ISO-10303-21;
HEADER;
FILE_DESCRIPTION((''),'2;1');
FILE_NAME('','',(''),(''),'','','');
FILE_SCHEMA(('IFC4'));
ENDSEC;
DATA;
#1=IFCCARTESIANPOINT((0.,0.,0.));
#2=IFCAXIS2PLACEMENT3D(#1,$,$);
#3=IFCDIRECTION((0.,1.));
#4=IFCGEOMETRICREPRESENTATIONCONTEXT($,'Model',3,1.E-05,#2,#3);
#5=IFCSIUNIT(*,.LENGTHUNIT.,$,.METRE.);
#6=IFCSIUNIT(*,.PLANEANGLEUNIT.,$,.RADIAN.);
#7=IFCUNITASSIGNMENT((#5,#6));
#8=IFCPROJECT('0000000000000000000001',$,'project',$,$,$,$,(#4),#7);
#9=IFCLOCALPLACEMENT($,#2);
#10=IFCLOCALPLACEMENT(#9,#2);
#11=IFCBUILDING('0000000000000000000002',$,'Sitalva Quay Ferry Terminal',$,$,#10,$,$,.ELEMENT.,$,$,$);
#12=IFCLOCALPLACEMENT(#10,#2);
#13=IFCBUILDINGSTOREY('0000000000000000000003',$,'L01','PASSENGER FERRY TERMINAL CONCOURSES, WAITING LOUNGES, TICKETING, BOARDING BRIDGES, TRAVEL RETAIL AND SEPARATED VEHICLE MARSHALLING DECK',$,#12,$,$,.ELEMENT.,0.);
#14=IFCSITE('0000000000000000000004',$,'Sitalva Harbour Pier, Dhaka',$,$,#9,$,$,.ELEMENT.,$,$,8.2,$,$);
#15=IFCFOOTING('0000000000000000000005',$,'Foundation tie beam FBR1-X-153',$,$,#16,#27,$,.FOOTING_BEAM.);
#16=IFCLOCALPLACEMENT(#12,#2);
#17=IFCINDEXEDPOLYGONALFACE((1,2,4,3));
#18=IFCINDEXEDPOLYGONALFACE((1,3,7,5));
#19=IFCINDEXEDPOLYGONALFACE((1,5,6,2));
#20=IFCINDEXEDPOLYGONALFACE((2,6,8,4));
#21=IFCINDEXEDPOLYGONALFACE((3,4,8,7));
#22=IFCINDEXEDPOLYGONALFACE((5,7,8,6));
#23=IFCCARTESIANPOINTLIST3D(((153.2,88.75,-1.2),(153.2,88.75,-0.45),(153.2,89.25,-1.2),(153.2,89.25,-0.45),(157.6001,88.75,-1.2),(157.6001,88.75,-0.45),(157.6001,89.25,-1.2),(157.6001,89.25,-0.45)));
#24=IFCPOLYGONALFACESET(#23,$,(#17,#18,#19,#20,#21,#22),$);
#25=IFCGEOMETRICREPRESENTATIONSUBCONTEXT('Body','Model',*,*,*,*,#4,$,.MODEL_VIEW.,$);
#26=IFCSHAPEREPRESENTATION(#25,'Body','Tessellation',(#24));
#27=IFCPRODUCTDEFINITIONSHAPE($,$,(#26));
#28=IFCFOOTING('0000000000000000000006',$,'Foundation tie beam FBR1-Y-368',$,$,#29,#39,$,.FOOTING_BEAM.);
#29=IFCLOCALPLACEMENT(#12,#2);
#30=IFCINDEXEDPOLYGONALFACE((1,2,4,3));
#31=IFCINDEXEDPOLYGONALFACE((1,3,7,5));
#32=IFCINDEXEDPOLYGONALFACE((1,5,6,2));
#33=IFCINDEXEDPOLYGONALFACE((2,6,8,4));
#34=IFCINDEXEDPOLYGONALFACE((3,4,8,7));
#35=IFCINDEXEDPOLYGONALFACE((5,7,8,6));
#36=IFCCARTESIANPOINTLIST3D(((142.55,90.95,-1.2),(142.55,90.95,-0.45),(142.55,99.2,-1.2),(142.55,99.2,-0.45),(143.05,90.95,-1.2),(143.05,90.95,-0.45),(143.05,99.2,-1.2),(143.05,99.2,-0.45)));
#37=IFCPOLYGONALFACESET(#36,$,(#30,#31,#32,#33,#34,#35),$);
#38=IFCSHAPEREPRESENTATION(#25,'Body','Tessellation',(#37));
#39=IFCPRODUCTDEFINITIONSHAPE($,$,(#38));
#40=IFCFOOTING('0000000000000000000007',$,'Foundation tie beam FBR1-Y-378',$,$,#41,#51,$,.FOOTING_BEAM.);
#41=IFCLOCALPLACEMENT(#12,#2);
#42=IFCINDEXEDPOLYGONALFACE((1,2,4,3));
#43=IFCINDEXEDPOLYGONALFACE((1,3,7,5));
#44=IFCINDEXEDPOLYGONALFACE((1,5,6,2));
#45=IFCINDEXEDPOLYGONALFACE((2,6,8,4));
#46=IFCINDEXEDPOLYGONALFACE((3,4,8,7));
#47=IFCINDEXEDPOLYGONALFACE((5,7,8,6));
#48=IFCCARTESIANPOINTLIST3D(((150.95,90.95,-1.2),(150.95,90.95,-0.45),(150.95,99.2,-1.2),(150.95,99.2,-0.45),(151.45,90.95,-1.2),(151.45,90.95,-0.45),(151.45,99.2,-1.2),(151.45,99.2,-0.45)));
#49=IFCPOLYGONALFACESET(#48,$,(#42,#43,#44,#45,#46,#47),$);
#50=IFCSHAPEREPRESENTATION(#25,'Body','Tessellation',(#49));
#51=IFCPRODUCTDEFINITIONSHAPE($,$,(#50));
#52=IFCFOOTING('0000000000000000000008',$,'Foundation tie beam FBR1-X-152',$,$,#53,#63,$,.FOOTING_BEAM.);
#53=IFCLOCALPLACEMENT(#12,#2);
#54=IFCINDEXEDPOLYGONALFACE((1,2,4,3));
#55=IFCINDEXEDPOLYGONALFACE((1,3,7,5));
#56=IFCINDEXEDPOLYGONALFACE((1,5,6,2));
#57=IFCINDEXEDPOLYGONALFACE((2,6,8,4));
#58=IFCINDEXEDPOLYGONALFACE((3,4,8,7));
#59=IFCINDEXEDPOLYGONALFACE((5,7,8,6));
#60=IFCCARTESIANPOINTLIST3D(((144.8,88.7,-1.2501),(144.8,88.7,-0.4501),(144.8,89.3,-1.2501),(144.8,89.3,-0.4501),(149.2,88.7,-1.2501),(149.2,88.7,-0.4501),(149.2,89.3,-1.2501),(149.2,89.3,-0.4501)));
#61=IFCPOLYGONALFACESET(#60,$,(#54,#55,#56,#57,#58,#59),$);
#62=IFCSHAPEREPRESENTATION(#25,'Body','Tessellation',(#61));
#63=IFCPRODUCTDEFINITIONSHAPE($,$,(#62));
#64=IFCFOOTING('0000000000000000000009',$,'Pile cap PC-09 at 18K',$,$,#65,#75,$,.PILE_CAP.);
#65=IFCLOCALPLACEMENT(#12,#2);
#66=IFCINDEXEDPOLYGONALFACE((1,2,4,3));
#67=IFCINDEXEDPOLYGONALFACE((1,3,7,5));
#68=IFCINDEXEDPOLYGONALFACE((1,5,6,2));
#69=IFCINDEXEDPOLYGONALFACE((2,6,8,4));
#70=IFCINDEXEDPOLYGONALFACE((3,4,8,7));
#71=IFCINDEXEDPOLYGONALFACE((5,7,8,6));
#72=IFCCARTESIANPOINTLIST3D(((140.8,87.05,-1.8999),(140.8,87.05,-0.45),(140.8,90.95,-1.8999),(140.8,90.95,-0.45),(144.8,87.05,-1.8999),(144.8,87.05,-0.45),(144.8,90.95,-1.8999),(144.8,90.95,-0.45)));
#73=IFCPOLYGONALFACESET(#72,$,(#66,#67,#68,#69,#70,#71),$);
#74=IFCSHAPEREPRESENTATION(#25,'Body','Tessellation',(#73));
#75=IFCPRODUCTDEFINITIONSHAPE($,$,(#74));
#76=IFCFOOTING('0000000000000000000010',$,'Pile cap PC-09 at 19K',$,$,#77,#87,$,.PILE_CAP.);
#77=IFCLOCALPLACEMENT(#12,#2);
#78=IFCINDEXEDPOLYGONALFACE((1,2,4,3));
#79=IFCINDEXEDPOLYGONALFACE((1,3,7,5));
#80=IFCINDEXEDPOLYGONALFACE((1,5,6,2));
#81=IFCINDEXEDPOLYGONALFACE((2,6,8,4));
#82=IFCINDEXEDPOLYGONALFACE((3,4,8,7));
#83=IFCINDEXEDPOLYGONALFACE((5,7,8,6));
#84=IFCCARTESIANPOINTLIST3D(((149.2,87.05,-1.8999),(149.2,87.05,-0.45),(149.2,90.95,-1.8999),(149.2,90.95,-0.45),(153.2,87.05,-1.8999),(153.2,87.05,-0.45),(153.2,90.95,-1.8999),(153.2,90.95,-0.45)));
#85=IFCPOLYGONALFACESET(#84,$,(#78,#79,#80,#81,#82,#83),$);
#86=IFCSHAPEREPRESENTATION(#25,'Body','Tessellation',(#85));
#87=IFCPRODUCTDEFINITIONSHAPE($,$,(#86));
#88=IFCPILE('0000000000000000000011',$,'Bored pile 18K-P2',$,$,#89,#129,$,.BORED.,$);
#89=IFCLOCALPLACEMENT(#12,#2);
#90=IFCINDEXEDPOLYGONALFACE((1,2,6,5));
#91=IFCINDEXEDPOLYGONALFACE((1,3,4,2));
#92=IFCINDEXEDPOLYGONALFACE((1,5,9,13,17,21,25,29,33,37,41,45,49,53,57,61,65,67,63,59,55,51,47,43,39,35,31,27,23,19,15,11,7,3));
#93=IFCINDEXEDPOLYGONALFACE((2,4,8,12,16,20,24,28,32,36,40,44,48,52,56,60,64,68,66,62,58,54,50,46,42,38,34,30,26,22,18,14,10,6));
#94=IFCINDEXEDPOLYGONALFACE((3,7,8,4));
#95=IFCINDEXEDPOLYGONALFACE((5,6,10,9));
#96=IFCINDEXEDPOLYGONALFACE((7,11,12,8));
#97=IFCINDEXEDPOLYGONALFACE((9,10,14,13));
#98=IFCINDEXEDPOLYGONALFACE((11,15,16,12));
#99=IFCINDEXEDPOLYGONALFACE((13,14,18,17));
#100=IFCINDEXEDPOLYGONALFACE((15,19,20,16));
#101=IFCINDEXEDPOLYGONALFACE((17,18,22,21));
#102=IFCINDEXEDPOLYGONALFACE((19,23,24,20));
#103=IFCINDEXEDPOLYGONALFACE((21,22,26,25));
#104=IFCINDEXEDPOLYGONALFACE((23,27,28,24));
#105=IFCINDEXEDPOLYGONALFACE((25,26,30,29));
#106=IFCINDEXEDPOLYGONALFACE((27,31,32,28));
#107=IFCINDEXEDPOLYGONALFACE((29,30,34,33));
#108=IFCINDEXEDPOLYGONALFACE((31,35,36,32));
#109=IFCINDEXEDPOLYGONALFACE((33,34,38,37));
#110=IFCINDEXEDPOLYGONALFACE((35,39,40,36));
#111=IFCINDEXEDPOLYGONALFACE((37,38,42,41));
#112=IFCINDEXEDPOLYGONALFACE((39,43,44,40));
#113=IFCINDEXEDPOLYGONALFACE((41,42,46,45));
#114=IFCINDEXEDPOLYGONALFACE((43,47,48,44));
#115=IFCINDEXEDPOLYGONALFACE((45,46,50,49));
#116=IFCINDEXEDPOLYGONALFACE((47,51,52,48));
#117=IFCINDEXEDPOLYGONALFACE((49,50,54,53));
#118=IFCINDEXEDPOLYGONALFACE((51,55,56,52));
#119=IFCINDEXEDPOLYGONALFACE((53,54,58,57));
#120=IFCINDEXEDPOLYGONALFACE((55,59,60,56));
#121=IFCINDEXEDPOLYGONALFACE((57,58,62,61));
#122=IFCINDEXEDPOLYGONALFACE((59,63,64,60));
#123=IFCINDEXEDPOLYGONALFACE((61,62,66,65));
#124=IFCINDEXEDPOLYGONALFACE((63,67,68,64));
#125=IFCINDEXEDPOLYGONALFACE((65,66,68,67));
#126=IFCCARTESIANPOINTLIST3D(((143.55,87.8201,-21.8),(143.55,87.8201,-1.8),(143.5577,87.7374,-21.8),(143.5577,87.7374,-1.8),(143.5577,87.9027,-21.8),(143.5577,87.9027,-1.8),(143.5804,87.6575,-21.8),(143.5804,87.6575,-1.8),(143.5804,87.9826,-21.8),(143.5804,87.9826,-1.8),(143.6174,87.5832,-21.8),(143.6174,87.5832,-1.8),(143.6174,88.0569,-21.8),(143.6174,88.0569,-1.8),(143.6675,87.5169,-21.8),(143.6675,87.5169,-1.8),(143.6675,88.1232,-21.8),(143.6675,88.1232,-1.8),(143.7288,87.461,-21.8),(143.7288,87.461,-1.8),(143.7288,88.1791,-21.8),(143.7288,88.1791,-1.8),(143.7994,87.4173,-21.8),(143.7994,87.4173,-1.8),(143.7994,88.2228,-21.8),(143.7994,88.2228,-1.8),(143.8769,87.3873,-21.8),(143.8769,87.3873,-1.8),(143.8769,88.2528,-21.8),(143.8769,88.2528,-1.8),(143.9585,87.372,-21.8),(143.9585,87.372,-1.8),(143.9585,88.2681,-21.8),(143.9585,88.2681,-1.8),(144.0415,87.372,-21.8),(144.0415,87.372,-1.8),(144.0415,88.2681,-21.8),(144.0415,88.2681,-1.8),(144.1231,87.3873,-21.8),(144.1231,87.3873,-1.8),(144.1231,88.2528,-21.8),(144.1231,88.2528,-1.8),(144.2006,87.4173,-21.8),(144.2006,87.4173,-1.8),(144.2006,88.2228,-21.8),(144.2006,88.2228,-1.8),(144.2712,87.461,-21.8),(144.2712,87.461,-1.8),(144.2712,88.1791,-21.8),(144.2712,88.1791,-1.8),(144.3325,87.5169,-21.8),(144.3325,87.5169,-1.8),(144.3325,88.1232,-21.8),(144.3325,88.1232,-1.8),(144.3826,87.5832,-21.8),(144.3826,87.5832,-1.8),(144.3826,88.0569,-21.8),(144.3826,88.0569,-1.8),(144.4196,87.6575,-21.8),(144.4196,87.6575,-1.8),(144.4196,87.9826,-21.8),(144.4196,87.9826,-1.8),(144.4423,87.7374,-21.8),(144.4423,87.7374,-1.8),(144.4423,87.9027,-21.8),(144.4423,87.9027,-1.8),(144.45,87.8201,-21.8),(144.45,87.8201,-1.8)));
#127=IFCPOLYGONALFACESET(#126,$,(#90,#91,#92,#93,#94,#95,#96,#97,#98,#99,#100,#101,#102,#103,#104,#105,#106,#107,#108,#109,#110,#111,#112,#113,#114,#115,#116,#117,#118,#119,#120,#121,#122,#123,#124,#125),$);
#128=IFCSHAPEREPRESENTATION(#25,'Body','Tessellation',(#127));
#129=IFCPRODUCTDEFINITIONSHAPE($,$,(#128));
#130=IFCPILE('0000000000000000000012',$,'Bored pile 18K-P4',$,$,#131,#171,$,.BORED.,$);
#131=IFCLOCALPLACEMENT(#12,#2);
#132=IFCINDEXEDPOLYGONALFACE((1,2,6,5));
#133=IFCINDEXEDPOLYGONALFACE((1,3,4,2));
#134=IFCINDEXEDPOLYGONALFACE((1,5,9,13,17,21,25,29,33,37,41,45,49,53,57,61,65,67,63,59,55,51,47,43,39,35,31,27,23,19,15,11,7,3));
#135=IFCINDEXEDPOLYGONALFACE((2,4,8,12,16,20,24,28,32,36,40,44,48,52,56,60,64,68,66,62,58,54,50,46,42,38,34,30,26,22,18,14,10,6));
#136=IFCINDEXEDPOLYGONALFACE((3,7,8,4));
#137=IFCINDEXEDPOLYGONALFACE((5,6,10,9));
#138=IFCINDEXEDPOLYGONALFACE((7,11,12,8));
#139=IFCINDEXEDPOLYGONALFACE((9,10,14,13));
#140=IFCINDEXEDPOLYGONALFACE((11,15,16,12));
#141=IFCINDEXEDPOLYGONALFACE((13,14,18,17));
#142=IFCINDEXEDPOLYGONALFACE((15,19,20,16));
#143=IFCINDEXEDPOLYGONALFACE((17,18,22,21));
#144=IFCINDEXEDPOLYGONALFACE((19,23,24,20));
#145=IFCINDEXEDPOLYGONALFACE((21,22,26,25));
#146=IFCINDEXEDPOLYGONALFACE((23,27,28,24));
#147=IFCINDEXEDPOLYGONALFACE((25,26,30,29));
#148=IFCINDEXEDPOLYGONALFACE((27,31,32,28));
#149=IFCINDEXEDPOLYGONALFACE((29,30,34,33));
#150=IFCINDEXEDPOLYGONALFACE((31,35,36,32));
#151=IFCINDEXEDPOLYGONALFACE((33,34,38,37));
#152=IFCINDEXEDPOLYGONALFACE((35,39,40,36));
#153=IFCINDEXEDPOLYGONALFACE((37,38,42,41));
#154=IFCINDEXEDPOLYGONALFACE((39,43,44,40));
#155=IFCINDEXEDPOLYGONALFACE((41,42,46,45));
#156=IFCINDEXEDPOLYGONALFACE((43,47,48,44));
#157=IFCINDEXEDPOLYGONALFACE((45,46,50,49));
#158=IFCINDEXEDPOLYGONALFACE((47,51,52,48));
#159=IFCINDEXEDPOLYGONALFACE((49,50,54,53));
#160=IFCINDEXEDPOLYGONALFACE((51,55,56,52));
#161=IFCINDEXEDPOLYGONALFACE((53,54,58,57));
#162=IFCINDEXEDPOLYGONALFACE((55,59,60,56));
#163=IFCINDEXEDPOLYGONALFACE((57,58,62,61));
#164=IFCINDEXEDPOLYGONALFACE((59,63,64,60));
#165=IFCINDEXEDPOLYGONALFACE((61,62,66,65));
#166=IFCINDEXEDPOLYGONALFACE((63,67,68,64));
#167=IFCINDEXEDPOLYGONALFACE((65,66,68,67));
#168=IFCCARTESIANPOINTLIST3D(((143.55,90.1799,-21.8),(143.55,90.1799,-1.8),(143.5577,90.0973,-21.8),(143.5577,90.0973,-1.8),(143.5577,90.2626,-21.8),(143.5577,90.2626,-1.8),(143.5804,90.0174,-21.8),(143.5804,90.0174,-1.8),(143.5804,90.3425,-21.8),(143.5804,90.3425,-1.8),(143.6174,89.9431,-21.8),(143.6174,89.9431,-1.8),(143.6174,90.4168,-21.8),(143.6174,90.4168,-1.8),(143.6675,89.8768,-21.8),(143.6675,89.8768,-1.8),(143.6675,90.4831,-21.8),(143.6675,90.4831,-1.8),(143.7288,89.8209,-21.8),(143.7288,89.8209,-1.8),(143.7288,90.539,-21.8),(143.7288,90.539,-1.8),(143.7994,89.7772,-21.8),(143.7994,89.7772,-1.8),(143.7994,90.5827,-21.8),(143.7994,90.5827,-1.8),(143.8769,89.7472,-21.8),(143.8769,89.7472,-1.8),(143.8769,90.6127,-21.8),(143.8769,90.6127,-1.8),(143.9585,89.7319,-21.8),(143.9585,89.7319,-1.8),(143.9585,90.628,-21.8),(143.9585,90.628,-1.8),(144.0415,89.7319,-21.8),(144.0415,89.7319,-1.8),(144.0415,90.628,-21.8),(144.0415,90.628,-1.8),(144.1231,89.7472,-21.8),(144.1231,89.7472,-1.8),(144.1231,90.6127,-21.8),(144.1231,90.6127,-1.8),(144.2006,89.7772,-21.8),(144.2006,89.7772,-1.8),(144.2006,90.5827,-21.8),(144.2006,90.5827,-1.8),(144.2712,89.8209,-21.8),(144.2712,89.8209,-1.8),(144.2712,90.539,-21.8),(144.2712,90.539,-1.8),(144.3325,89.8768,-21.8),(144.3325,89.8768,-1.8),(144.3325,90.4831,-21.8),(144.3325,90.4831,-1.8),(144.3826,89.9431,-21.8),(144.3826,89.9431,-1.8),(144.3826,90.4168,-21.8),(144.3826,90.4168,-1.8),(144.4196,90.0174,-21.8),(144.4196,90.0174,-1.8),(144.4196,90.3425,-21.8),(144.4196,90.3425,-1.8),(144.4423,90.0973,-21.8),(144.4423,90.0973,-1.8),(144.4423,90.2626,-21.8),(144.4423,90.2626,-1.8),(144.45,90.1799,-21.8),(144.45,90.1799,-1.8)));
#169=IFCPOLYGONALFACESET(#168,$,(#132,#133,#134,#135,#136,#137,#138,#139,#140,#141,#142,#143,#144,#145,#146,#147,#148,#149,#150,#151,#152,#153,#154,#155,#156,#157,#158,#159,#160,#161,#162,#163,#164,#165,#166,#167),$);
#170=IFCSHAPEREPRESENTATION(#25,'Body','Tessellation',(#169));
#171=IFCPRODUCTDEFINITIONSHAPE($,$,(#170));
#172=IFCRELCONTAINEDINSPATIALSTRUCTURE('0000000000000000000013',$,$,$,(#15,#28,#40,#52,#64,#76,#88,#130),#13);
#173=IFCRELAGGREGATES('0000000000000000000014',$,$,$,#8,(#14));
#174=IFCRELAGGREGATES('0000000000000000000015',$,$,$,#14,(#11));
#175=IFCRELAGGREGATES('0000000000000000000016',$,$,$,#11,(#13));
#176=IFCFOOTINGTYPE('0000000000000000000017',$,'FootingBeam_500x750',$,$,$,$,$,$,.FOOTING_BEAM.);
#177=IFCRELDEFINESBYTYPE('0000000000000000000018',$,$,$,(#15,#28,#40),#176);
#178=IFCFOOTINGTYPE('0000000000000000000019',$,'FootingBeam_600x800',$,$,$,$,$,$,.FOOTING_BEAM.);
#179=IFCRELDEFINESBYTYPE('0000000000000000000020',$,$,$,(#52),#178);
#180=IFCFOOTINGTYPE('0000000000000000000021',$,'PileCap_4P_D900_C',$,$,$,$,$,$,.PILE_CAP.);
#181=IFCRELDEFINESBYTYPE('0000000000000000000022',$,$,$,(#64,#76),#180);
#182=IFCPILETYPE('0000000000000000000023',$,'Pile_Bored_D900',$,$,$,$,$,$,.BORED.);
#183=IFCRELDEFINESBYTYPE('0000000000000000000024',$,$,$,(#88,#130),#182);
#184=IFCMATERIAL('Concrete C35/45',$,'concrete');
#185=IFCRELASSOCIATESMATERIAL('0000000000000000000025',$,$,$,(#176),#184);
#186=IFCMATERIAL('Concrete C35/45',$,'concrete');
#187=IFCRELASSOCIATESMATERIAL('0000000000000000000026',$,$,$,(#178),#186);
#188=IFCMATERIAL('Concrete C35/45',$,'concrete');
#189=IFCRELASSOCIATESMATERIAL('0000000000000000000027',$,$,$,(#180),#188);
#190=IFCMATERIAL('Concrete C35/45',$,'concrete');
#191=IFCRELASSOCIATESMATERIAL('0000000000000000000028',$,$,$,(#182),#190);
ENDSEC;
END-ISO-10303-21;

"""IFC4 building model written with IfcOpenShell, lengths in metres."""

from ifc_helpers import new_model, si_unit, direction, frame, origin, origin_2d, place, context, subcontext, project, spatial, rectangle, circle, extrude, material, material_profile, profile_set, type_object, element, save


model = new_model("IFC4")

# Units and contexts
model_context = context("Model", 3, precision=1e-05, world=origin(), true_north=direction((0.0, 1.0)))
body_context = subcontext(model_context, "Body", "Model", "MODEL_VIEW")
ifc_project = project(units=[si_unit("LENGTHUNIT", "METRE"), si_unit("PLANEANGLEUNIT", "RADIAN")], contexts=[model_context])

# Site, building, storey
site_placement = place(None, origin())
site = spatial("IfcSite", under=ifc_project, at=site_placement, Name="Sitalva Harbour Pier, Dhaka", CompositionType="ELEMENT", RefElevation=8.2)
building_placement = place(site_placement, origin())
building = spatial("IfcBuilding", under=site, at=building_placement, Name="Sitalva Quay Ferry Terminal", CompositionType="ELEMENT")
storey_placement = place(building_placement, origin())
storey = spatial("IfcBuildingStorey", under=building, at=storey_placement, Name="L01", Description="PASSENGER FERRY TERMINAL CONCOURSES, WAITING LOUNGES, TICKETING, BOARDING BRIDGES, TRAVEL RETAIL AND SEPARATED VEHICLE MARSHALLING DECK", CompositionType="ELEMENT", Elevation=0.0)

# Footings
ifc_material_1 = material(Name="Concrete C35/45", Category="concrete")
ifc_material_profile_1 = material_profile(ifc_material_1, rectangle(XDim=0.5, YDim=0.75, at=origin_2d()), Name="RC500x750")
ifc_profile_set_1 = profile_set([ifc_material_profile_1], Name="Concrete C35/45")
footing_type_1 = type_object("IfcFootingType", Name="FootingBeam_500x750", PredefinedType="FOOTING_BEAM", material=ifc_profile_set_1)
footing_1_placement = place(storey_placement, frame((153.2, 89.0, -0.825), z_axis=(1.0, 0.0, 0.0), x_axis=(0.0, 1.0, 0.0)))
element("IfcFooting", 1, at=footing_1_placement, inside=storey, type_object=footing_type_1, Name="Foundation tie beam FBR1-X-153", PredefinedType="FOOTING_BEAM", context=body_context, shape_type="SweptSolid", body=[
    extrude(rectangle(XDim=0.5, YDim=0.75, at=origin_2d()), origin(), (0.0, 0.0, 1.0), 4.4001),
])
for number, where, z_axis, x_axis, name in (
    (2, (142.8, 90.95, -0.825), (0.0, 1.0, 0.0), (-1.0, 0.0, 0.0), "Foundation tie beam FBR1-Y-368"),
    (3, (151.2, 90.95, -0.825), (0.0, 1.0, 0.0), (-1.0, 0.0, 0.0), "Foundation tie beam FBR1-Y-378"),
):
    element("IfcFooting", number, at=place(storey_placement, frame(where, z_axis=z_axis, x_axis=x_axis)), inside=storey, type_object=footing_type_1, Name=name, PredefinedType="FOOTING_BEAM", context=body_context, shape_type="SweptSolid", body=[
        extrude(rectangle(XDim=0.5, YDim=0.75, at=origin_2d()), origin(), (0.0, 0.0, 1.0), 8.25),
    ])
ifc_material_2 = material(Name="Concrete C35/45", Category="concrete")
ifc_material_profile_2 = material_profile(ifc_material_2, rectangle(XDim=0.6001, YDim=0.8, at=origin_2d()), Name="RC600x800")
ifc_profile_set_2 = profile_set([ifc_material_profile_2], Name="Concrete C35/45")
footing_type_2 = type_object("IfcFootingType", Name="FootingBeam_600x800", PredefinedType="FOOTING_BEAM", material=ifc_profile_set_2)
footing_2_placement = place(storey_placement, frame((144.8, 89.0, -0.8501), z_axis=(1.0, 0.0, 0.0), x_axis=(0.0, 1.0, 0.0)))
element("IfcFooting", 4, at=footing_2_placement, inside=storey, type_object=footing_type_2, Name="Foundation tie beam FBR1-X-152", PredefinedType="FOOTING_BEAM", context=body_context, shape_type="SweptSolid", body=[
    extrude(rectangle(XDim=0.6001, YDim=0.8, at=origin_2d()), origin(), (0.0, 0.0, 1.0), 4.3999),
])
ifc_material_3 = material(Name="Concrete C35/45", Category="concrete")
footing_type_3 = type_object("IfcFootingType", Name="PileCap_4P_D900_C", PredefinedType="PILE_CAP", material=ifc_material_3)
for number, where, z_axis, x_axis, name in (
    (5, (142.8, 89.0, -1.8999), (0.0, 0.0, 1.0), (1.0, 0.0, 0.0), "Pile cap PC-09 at 18K"),
    (6, (151.2, 89.0, -1.8999), (0.0, 0.0, 1.0), (1.0, 0.0, 0.0), "Pile cap PC-09 at 19K"),
):
    element("IfcFooting", number, at=place(storey_placement, frame(where, z_axis=z_axis, x_axis=x_axis)), inside=storey, type_object=footing_type_3, Name=name, PredefinedType="PILE_CAP", context=body_context, shape_type="SweptSolid", body=[
        extrude(rectangle(XDim=4.0, YDim=3.8999, at=origin_2d()), origin(), (0.0, 0.0, 1.0), 1.45),
    ])

# Piles
ifc_material_4 = material(Name="Concrete C35/45", Category="concrete")
ifc_material_profile_3 = material_profile(ifc_material_4, circle(Radius=0.45, at=origin_2d()), Name="PILE-D900")
ifc_profile_set_3 = profile_set([ifc_material_profile_3], Name="Concrete C35/45")
pile_type = type_object("IfcPileType", Name="Pile_Bored_D900", PredefinedType="BORED", material=ifc_profile_set_3)
for number, where, z_axis, x_axis, name in (
    (7, (144.0, 87.8201, -1.8), (0.0, 0.0, -1.0), (1.0, 0.0, 0.0), "Bored pile 18K-P2"),
    (8, (144.0, 90.1799, -1.8), (0.0, 0.0, -1.0), (1.0, 0.0, 0.0), "Bored pile 18K-P4"),
):
    element("IfcPile", number, at=place(storey_placement, frame(where, z_axis=z_axis, x_axis=x_axis)), inside=storey, type_object=pile_type, Name=name, PredefinedType="BORED", context=body_context, shape_type="SweptSolid", body=[
        extrude(circle(Radius=0.45, at=origin_2d()), origin(), (0.0, 0.0, 1.0), 20.0),
    ])

save(model, "model.ifc")
